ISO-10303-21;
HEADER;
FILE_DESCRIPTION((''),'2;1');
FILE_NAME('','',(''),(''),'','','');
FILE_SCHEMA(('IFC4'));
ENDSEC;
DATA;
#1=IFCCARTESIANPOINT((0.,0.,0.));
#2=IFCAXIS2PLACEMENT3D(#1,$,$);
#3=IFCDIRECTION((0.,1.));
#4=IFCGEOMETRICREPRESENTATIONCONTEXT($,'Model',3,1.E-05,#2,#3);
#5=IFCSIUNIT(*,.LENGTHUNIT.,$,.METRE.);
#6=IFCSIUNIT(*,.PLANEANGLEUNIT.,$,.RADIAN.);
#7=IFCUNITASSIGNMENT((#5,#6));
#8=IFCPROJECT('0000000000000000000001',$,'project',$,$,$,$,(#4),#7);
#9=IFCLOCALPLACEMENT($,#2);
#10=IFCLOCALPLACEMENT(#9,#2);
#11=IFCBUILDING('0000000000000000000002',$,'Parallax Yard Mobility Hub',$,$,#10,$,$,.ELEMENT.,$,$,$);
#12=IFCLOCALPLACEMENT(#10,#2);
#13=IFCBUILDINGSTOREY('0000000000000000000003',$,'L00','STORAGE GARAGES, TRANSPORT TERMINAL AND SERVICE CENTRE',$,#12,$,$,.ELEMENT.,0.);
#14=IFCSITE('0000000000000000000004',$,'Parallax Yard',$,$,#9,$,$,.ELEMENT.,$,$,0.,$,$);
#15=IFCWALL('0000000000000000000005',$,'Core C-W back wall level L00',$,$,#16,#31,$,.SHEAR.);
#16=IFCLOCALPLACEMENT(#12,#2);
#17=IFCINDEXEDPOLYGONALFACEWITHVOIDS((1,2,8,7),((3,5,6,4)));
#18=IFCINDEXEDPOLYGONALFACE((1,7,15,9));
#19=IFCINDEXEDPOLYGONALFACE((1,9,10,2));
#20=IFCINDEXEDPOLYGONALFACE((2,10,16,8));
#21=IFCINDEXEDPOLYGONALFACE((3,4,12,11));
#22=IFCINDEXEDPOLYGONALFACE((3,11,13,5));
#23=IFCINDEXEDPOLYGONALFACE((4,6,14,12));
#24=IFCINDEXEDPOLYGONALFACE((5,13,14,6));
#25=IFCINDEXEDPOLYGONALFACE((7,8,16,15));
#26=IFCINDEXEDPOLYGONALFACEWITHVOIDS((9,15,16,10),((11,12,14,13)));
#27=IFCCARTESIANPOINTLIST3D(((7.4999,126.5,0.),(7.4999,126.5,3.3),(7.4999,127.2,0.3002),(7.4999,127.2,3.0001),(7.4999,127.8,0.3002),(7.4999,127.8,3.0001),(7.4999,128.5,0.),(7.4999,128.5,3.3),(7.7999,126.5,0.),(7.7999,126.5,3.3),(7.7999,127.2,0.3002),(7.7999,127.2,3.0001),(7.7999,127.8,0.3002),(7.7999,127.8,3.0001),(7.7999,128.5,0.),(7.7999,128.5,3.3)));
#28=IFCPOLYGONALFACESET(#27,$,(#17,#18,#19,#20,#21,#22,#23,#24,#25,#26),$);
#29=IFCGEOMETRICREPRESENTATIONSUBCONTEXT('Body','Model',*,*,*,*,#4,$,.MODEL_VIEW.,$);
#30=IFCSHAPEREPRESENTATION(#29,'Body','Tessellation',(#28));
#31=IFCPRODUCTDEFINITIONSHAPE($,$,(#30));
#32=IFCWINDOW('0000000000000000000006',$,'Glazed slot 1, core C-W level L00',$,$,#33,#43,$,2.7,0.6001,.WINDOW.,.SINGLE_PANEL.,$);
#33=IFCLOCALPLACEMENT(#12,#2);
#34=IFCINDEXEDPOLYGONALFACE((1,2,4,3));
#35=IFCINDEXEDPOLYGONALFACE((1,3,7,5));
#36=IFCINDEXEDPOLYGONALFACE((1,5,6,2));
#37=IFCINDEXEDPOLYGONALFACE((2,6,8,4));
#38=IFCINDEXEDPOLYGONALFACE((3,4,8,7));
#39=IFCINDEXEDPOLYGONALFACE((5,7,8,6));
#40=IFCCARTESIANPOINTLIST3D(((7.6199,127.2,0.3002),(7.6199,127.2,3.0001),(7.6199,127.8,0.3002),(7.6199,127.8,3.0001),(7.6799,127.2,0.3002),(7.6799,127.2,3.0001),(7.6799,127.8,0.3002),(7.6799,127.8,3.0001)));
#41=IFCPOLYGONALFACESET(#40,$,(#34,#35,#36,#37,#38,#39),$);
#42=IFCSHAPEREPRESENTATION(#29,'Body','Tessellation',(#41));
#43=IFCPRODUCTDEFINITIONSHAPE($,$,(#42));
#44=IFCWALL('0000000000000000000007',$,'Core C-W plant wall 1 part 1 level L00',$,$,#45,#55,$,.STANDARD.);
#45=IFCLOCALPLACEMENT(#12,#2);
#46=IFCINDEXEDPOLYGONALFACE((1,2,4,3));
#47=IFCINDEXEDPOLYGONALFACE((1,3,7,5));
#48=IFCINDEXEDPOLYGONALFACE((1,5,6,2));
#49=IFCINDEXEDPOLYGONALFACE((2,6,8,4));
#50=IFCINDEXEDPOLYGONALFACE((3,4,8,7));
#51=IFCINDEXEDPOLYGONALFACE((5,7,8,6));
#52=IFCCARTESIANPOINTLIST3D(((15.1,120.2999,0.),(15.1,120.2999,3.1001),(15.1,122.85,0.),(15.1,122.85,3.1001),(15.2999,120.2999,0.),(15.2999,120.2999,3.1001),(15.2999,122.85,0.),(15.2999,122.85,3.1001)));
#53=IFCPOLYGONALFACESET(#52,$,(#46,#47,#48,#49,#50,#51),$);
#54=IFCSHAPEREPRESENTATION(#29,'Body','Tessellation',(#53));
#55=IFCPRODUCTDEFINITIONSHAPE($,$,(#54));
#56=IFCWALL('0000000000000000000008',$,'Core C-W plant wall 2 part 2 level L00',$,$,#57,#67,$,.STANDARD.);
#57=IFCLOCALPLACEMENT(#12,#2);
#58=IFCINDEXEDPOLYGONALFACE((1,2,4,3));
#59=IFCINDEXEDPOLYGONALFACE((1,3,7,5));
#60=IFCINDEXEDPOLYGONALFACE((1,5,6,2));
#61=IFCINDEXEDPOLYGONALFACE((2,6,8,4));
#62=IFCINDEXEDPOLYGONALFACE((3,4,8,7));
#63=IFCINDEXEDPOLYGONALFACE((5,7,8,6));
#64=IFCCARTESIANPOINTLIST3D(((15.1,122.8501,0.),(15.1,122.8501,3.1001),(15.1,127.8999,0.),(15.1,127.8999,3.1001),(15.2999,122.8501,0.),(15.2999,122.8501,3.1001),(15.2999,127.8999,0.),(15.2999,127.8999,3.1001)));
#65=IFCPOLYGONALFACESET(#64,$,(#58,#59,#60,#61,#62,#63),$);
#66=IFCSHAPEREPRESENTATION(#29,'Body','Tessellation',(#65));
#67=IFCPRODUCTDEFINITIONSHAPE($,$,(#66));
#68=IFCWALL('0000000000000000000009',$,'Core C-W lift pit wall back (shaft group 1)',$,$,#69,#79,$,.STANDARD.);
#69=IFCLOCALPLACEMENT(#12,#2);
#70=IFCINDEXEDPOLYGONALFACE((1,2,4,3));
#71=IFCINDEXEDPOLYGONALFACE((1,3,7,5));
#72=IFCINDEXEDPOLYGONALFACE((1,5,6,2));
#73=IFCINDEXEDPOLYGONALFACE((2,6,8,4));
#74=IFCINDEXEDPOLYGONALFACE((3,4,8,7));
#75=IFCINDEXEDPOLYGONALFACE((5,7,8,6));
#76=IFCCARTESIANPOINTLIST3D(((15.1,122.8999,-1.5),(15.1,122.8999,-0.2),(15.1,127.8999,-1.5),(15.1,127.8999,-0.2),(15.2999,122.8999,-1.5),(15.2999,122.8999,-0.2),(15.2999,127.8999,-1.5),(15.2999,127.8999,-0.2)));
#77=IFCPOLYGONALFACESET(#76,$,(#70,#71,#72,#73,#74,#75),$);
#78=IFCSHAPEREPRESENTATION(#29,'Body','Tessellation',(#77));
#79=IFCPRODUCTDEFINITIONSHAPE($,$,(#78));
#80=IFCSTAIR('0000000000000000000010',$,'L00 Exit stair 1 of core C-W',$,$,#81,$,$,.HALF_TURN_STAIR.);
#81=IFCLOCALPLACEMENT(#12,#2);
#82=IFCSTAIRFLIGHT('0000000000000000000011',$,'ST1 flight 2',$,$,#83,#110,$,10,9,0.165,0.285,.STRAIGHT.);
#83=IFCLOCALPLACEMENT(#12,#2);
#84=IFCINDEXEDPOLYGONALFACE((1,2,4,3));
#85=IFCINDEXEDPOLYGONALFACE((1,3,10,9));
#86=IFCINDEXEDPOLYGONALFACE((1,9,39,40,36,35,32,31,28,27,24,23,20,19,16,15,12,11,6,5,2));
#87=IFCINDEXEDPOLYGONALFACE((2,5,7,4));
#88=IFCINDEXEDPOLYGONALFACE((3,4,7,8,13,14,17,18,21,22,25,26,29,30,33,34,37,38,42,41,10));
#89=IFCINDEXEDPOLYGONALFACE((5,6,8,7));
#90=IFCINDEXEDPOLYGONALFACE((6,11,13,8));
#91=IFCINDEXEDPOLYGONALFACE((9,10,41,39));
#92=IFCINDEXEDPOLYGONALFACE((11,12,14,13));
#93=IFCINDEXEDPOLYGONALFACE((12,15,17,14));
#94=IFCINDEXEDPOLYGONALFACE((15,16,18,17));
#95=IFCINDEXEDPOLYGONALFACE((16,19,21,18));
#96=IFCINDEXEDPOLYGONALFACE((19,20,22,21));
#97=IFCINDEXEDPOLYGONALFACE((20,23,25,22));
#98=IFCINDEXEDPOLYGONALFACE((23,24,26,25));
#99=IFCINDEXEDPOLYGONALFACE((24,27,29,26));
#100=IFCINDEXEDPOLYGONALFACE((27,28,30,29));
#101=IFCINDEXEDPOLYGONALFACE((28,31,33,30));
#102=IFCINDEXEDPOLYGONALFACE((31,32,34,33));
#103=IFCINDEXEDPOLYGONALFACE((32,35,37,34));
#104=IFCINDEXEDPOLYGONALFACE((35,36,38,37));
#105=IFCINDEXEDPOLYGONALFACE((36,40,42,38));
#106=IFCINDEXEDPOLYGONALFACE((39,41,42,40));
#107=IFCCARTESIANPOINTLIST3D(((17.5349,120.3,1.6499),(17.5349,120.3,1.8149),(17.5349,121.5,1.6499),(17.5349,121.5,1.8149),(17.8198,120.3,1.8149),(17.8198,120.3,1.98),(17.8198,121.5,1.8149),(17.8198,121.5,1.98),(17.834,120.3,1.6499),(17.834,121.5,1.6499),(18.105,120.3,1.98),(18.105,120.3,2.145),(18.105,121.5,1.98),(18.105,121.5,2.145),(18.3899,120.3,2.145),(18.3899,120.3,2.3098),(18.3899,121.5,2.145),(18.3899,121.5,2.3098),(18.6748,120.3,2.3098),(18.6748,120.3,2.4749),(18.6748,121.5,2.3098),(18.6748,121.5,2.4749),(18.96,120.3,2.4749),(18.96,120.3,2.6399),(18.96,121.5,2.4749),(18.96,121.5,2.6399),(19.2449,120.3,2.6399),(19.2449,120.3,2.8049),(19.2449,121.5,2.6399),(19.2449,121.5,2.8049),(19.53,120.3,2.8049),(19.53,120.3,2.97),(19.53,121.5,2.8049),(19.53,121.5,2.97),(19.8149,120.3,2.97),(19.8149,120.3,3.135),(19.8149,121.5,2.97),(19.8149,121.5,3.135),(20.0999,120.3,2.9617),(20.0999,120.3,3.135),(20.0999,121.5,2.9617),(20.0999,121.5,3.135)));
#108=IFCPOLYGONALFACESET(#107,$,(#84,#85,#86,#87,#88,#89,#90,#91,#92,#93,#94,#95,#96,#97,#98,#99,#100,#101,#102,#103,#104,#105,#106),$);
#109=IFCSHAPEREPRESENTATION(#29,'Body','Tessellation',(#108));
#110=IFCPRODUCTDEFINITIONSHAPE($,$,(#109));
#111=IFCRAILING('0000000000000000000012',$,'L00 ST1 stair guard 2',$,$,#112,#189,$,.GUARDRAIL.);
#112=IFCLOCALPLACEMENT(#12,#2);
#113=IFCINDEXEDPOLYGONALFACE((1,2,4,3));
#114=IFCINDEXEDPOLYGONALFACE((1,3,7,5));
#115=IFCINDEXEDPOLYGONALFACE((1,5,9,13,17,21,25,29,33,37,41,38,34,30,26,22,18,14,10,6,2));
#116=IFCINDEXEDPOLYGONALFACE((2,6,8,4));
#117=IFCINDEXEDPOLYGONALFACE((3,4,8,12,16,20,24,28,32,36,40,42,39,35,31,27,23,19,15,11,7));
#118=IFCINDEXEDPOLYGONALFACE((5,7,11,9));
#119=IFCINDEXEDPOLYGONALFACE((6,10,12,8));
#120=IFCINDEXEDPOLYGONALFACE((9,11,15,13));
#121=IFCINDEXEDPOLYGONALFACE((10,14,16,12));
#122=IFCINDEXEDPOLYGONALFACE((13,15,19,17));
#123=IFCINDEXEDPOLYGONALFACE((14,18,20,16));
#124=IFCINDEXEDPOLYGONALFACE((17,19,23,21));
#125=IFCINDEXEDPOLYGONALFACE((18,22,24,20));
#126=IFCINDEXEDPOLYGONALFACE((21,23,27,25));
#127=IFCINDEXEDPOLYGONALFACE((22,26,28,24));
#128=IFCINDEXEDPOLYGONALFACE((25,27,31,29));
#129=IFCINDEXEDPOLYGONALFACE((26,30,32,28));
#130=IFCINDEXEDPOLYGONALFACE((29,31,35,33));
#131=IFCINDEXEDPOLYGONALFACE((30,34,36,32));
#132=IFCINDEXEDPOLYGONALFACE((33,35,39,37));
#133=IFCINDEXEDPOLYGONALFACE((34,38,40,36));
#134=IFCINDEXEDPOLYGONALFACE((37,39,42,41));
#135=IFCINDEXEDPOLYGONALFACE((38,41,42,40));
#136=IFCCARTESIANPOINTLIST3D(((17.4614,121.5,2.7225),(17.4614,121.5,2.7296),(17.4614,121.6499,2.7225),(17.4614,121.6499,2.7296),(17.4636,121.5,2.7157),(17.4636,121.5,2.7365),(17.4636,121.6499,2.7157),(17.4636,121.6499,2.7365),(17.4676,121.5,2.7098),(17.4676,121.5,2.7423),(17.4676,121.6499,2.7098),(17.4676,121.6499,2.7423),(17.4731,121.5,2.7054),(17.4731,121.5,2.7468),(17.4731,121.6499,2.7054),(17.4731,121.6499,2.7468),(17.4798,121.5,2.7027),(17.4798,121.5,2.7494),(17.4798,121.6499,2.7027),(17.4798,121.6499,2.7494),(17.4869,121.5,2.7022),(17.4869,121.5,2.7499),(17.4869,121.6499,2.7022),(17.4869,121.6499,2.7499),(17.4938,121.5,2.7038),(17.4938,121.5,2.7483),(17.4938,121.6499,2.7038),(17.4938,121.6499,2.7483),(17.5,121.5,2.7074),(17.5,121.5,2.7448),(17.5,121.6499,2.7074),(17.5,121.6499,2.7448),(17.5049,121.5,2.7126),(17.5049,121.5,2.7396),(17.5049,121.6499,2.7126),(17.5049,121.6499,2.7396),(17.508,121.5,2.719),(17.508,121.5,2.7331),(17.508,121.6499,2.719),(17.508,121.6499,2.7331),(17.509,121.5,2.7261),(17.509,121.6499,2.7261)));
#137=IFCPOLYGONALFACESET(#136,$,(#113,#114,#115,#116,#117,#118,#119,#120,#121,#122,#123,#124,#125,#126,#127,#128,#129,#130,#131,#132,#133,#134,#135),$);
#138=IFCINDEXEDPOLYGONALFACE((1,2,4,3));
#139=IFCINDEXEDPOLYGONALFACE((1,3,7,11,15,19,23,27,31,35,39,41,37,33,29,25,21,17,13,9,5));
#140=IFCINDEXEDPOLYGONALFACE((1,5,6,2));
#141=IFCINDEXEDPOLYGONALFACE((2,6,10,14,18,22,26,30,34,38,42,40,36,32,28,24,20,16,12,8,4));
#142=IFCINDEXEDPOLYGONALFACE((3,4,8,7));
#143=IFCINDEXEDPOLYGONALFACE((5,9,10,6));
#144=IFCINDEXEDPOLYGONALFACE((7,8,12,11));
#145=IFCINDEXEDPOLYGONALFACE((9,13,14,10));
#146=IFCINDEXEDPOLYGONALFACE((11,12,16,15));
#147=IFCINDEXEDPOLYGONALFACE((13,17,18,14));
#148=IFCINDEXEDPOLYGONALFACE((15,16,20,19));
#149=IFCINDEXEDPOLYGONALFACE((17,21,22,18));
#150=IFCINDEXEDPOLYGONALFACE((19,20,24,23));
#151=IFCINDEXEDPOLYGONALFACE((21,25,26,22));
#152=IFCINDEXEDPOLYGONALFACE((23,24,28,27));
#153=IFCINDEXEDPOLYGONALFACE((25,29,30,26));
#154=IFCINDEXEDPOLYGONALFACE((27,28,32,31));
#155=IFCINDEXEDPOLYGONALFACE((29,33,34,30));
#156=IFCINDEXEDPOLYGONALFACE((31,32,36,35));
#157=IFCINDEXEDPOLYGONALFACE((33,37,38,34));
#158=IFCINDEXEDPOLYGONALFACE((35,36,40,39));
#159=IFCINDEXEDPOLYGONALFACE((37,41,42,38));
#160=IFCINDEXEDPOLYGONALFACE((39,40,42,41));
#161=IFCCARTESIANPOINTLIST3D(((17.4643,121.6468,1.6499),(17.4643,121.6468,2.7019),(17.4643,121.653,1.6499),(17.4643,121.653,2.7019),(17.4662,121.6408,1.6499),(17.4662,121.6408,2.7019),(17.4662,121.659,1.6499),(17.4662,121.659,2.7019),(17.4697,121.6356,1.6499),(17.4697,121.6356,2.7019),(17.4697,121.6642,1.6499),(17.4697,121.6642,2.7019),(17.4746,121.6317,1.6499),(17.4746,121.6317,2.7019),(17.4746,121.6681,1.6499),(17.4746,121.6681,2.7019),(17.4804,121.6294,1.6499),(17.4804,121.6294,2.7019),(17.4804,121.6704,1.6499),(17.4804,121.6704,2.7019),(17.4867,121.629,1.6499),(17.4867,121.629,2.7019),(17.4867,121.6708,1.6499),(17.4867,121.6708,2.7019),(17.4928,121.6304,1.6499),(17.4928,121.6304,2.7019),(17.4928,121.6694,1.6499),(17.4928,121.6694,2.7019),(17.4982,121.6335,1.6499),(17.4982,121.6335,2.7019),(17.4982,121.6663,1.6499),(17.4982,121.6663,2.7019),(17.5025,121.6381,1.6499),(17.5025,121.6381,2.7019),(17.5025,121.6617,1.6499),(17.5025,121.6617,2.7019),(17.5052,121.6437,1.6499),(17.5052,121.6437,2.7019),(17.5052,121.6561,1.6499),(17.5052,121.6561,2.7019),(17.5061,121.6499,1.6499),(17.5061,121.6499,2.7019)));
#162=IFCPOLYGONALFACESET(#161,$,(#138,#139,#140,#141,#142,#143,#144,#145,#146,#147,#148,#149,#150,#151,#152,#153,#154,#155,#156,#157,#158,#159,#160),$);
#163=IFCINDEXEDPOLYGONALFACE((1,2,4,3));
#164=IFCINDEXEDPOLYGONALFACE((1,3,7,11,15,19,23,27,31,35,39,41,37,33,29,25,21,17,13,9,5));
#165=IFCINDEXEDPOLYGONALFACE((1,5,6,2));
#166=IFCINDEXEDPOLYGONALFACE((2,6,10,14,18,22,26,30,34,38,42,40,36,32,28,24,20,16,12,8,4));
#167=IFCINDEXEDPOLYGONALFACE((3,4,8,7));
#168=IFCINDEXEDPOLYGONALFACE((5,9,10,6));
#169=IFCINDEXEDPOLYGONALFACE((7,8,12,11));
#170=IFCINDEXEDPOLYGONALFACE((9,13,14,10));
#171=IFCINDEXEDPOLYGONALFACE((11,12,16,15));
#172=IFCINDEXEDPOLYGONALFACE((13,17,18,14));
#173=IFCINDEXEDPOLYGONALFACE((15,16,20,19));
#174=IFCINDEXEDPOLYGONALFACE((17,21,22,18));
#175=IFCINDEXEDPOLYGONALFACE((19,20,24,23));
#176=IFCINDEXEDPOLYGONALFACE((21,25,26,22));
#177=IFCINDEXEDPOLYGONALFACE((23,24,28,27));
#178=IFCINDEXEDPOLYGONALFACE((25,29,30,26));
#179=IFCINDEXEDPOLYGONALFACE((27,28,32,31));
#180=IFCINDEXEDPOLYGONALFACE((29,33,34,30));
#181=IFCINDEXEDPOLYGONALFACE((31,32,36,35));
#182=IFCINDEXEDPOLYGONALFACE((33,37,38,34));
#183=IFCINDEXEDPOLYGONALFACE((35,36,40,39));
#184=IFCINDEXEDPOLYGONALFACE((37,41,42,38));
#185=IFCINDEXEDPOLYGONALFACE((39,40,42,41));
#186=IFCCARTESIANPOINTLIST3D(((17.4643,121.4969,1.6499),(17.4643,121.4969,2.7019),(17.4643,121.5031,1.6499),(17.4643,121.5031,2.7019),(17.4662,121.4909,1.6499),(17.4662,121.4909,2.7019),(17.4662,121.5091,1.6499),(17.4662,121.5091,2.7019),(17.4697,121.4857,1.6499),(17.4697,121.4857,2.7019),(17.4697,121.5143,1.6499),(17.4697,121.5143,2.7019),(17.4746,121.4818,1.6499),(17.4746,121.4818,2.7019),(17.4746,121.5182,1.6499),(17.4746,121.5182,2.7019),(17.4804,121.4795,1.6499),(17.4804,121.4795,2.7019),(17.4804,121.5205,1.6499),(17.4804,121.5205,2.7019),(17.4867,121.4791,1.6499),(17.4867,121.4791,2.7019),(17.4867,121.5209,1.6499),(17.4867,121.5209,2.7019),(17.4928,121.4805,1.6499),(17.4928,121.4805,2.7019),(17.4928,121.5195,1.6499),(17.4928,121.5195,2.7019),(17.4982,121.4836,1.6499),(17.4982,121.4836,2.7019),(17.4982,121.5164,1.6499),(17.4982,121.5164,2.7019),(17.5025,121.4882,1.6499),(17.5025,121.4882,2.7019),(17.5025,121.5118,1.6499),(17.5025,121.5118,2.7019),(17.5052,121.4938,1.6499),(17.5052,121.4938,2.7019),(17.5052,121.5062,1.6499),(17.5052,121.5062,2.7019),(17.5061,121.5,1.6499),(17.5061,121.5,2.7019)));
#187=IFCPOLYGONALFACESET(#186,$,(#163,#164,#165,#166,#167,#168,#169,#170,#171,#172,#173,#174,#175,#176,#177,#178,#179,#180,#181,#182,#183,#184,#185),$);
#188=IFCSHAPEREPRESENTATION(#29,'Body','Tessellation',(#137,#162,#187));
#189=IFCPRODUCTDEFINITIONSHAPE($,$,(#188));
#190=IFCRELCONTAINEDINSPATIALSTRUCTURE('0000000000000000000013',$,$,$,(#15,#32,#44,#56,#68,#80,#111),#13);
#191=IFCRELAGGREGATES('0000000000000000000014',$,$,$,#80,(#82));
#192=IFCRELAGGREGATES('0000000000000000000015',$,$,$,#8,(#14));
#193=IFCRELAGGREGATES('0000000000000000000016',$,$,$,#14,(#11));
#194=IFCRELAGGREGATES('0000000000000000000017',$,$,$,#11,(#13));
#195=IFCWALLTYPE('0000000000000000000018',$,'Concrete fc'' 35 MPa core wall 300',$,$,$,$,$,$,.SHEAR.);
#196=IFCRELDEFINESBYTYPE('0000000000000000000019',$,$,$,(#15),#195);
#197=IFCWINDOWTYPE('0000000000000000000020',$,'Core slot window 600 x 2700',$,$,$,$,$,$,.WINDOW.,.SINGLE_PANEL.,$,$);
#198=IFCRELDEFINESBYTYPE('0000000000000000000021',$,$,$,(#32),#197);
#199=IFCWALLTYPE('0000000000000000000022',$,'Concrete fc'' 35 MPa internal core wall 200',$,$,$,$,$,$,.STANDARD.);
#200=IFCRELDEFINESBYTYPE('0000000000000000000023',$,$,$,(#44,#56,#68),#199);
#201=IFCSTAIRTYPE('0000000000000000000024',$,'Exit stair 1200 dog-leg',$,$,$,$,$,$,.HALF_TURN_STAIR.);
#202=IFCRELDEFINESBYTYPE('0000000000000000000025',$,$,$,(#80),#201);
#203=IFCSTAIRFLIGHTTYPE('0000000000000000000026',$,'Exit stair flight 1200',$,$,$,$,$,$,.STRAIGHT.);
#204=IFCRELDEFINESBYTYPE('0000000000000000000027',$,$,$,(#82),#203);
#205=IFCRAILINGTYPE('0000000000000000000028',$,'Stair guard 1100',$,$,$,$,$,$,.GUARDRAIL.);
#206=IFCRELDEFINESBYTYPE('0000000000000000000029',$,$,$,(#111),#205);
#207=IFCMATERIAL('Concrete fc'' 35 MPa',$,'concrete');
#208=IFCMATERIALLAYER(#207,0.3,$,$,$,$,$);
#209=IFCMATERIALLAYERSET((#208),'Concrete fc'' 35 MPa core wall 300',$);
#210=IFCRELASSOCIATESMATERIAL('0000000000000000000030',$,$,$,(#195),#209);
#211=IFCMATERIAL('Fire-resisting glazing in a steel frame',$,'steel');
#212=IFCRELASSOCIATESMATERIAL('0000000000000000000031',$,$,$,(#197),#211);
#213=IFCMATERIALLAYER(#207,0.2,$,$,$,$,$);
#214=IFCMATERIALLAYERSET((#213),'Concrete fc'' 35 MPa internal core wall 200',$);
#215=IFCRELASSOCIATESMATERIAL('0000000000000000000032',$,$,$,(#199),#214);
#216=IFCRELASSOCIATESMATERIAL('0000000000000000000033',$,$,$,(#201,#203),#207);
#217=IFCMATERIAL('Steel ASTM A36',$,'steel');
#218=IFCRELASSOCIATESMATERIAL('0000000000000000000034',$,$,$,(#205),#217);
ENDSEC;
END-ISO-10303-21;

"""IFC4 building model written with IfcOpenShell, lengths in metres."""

from ifc_helpers import new_model, si_unit, direction, frame, frame_2d, origin, origin_2d, place, context, subcontext, project, spatial, polyline, rectangle, circle, outline, extrude, material, layer, layer_set, type_object, element, fill, aggregate, save


model = new_model("IFC4")

# Units and contexts
model_context = context("Model", 3, precision=1e-05, world=origin(), true_north=direction((0.0, 1.0)))
body_context = subcontext(model_context, "Body", "Model", "MODEL_VIEW")
ifc_project = project(units=[si_unit("LENGTHUNIT", "METRE"), si_unit("PLANEANGLEUNIT", "RADIAN")], contexts=[model_context])

# Site, building, storey
site_placement = place(None, origin())
site = spatial("IfcSite", under=ifc_project, at=site_placement, Name="Parallax Yard", CompositionType="ELEMENT", RefElevation=0.0)
building_placement = place(site_placement, origin())
building = spatial("IfcBuilding", under=site, at=building_placement, Name="Parallax Yard Mobility Hub", CompositionType="ELEMENT")
storey_placement = place(building_placement, origin())
storey = spatial("IfcBuildingStorey", under=building, at=storey_placement, Name="L00", Description="STORAGE GARAGES, TRANSPORT TERMINAL AND SERVICE CENTRE", CompositionType="ELEMENT", Elevation=0.0)

# Wall, opening, window
ifc_material_1 = material(Name="Concrete fc' 35 MPa", Category="concrete")
ifc_layer_1 = layer(ifc_material_1, 0.3)
ifc_layer_set_1 = layer_set([ifc_layer_1], Name="Concrete fc' 35 MPa core wall 300")
wall_type_1 = type_object("IfcWallType", Name="Concrete fc' 35 MPa core wall 300", PredefinedType="SHEAR", material=ifc_layer_set_1)
wall_1_placement = place(storey_placement, frame((7.6499, 126.5, 0.0), z_axis=(0.0, 0.0, 1.0), x_axis=(0.0, 1.0, 0.0)))
wall_1 = element("IfcWall", 1, at=wall_1_placement, inside=storey, type_object=wall_type_1, Name="Core C-W back wall level L00", PredefinedType="SHEAR", context=body_context, shape_type="SweptSolid", body=[
    extrude(rectangle(XDim=2.0, YDim=0.3, at=frame_2d((1.0, 0.0))), origin(), (0.0, 0.0, 1.0), 3.3),
])
opening_placement = place(wall_1_placement, frame((0.7, 0.0, 0.3)))
opening = element("IfcOpeningElement", 2, at=opening_placement, cuts=wall_1, PredefinedType="OPENING", context=body_context, shape_type="SweptSolid", body=[
    extrude(rectangle(XDim=0.6001, YDim=2.7, at=frame_2d((0.3, 1.3501))), frame((0.0, 0.1602, 0.0), z_axis=(0.0, -1.0, 0.0), x_axis=(1.0, 0.0, 0.0)), (0.0, 0.0, 1.0), 0.3201),
])
ifc_material_2 = material(Name="Fire-resisting glazing in a steel frame", Category="steel")
window_type = type_object("IfcWindowType", Name="Core slot window 600 x 2700", PartitioningType="SINGLE_PANEL", PredefinedType="WINDOW", material=ifc_material_2)
window_placement = place(opening_placement, origin())
window = element("IfcWindow", 3, at=window_placement, inside=storey, type_object=window_type, Name="Glazed slot 1, core C-W level L00", OverallHeight=2.7, OverallWidth=0.6001, PartitioningType="SINGLE_PANEL", PredefinedType="WINDOW", context=body_context, shape_type="SweptSolid", body=[
    extrude(rectangle(XDim=0.6001, YDim=2.7, at=frame_2d((0.3, 1.3501))), frame((0.0, 0.03, 0.0), z_axis=(0.0, -1.0, 0.0), x_axis=(1.0, 0.0, 0.0)), (0.0, 0.0, 1.0), 0.0601),
])
fill(opening, window)

# Walls
ifc_layer_2 = layer(ifc_material_1, 0.2)
ifc_layer_set_2 = layer_set([ifc_layer_2], Name="Concrete fc' 35 MPa internal core wall 200")
wall_type_2 = type_object("IfcWallType", Name="Concrete fc' 35 MPa internal core wall 200", PredefinedType="STANDARD", material=ifc_layer_set_2)
wall_2_placement = place(storey_placement, frame((15.2, 120.3, 0.0), z_axis=(0.0, 0.0, 1.0), x_axis=(0.0, 1.0, 0.0)))
element("IfcWall", 4, at=wall_2_placement, inside=storey, type_object=wall_type_2, Name="Core C-W plant wall 1 part 1 level L00", PredefinedType="STANDARD", context=body_context, shape_type="SweptSolid", body=[
    extrude(rectangle(XDim=2.55, YDim=0.2, at=frame_2d((1.2749, 0.0))), origin(), (0.0, 0.0, 1.0), 3.1001),
])
wall_3_placement = place(storey_placement, frame((15.2, 122.8501, 0.0), z_axis=(0.0, 0.0, 1.0), x_axis=(0.0, 1.0, 0.0)))
element("IfcWall", 5, at=wall_3_placement, inside=storey, type_object=wall_type_2, Name="Core C-W plant wall 2 part 2 level L00", PredefinedType="STANDARD", context=body_context, shape_type="SweptSolid", body=[
    extrude(rectangle(XDim=5.0498, YDim=0.2, at=frame_2d((2.5249, 0.0))), origin(), (0.0, 0.0, 1.0), 3.1001),
])
wall_4_placement = place(storey_placement, frame((15.2, 122.8999, -1.5), z_axis=(0.0, 0.0, 1.0), x_axis=(0.0, 1.0, 0.0)))
element("IfcWall", 6, at=wall_4_placement, inside=storey, type_object=wall_type_2, Name="Core C-W lift pit wall back (shaft group 1)", PredefinedType="STANDARD", context=body_context, shape_type="SweptSolid", body=[
    extrude(rectangle(XDim=5.0, YDim=0.2, at=frame_2d((2.5, 0.0))), origin(), (0.0, 0.0, 1.0), 1.3),
])

# Stair, stair flight
stair_type = type_object("IfcStairType", Name="Exit stair 1200 dog-leg", PredefinedType="HALF_TURN_STAIR", material=ifc_material_1)
stair_placement = place(storey_placement, origin())
stair = element("IfcStair", 7, at=stair_placement, inside=storey, type_object=stair_type, Name="L00 Exit stair 1 of core C-W", PredefinedType="HALF_TURN_STAIR")
stair_flight_type = type_object("IfcStairFlightType", Name="Exit stair flight 1200", PredefinedType="STRAIGHT", material=ifc_material_1)
stair_flight_placement = place(storey_placement, frame((17.5349, 120.8999, 1.6499), z_axis=(0.0, 0.0, 1.0), x_axis=(1.0, 0.0, 0.0)))
stair_flight = element("IfcStairFlight", 8, at=stair_flight_placement, type_object=stair_flight_type, Name="ST1 flight 2", NumberOfRisers=10, NumberOfTreads=9, PredefinedType="STRAIGHT", RiserHeight=0.165, TreadLength=0.285, context=body_context, shape_type="SweptSolid", body=[
    extrude(outline(polyline([(0.0, 0.0), (0.0, 0.165), (0.2849, 0.165), (0.2849, 0.3301), (0.5701, 0.3301), (0.5701, 0.4951), (0.855, 0.4951), (0.855, 0.6599), (1.1399, 0.6599), (1.1399, 0.825), (1.425, 0.825), (1.425, 0.99), (1.71, 0.99), (1.71, 1.155), (1.9951, 1.155), (1.9951, 1.3201), (2.28, 1.3201), (2.28, 1.4851), (2.5649, 1.4851), (2.5649, 1.6499), (2.5649, 1.3118), (0.2991, 0.0), (0.0, 0.0)])), frame((0.0, 0.6001, 0.0), z_axis=(0.0, -1.0, 0.0), x_axis=(1.0, 0.0, 0.0)), (0.0, 0.0, 1.0), 1.2),
])
aggregate(stair, [stair_flight])

# Railing
ifc_material_3 = material(Name="Steel ASTM A36", Category="steel")
railing_type_1 = type_object("IfcRailingType", Name="Stair guard 1100", PredefinedType="GUARDRAIL", material=ifc_material_3)
railing_1_placement = place(storey_placement, frame((17.4851, 121.6499, 1.6499)))
element("IfcRailing", 9, at=railing_1_placement, inside=storey, type_object=railing_type_1, Name="L00 ST1 stair guard 2", PredefinedType="GUARDRAIL", context=body_context, shape_type="SweptSolid", body=[
    extrude(circle(Radius=0.0239, at=origin_2d()), frame((0.0, 0.0, 1.0762), z_axis=(0.0, -1.0, 0.0), x_axis=(1.0, 0.0, 0.0)), (0.0, 0.0, 1.0), 0.1499),
    extrude(circle(Radius=0.021, at=origin_2d()), origin(), (0.0, 0.0, 1.0), 1.052),
    extrude(circle(Radius=0.021, at=origin_2d()), frame((0.0, -0.1499, 0.0)), (0.0, 0.0, 1.0), 1.052),
])

save(model, "model.ifc")
